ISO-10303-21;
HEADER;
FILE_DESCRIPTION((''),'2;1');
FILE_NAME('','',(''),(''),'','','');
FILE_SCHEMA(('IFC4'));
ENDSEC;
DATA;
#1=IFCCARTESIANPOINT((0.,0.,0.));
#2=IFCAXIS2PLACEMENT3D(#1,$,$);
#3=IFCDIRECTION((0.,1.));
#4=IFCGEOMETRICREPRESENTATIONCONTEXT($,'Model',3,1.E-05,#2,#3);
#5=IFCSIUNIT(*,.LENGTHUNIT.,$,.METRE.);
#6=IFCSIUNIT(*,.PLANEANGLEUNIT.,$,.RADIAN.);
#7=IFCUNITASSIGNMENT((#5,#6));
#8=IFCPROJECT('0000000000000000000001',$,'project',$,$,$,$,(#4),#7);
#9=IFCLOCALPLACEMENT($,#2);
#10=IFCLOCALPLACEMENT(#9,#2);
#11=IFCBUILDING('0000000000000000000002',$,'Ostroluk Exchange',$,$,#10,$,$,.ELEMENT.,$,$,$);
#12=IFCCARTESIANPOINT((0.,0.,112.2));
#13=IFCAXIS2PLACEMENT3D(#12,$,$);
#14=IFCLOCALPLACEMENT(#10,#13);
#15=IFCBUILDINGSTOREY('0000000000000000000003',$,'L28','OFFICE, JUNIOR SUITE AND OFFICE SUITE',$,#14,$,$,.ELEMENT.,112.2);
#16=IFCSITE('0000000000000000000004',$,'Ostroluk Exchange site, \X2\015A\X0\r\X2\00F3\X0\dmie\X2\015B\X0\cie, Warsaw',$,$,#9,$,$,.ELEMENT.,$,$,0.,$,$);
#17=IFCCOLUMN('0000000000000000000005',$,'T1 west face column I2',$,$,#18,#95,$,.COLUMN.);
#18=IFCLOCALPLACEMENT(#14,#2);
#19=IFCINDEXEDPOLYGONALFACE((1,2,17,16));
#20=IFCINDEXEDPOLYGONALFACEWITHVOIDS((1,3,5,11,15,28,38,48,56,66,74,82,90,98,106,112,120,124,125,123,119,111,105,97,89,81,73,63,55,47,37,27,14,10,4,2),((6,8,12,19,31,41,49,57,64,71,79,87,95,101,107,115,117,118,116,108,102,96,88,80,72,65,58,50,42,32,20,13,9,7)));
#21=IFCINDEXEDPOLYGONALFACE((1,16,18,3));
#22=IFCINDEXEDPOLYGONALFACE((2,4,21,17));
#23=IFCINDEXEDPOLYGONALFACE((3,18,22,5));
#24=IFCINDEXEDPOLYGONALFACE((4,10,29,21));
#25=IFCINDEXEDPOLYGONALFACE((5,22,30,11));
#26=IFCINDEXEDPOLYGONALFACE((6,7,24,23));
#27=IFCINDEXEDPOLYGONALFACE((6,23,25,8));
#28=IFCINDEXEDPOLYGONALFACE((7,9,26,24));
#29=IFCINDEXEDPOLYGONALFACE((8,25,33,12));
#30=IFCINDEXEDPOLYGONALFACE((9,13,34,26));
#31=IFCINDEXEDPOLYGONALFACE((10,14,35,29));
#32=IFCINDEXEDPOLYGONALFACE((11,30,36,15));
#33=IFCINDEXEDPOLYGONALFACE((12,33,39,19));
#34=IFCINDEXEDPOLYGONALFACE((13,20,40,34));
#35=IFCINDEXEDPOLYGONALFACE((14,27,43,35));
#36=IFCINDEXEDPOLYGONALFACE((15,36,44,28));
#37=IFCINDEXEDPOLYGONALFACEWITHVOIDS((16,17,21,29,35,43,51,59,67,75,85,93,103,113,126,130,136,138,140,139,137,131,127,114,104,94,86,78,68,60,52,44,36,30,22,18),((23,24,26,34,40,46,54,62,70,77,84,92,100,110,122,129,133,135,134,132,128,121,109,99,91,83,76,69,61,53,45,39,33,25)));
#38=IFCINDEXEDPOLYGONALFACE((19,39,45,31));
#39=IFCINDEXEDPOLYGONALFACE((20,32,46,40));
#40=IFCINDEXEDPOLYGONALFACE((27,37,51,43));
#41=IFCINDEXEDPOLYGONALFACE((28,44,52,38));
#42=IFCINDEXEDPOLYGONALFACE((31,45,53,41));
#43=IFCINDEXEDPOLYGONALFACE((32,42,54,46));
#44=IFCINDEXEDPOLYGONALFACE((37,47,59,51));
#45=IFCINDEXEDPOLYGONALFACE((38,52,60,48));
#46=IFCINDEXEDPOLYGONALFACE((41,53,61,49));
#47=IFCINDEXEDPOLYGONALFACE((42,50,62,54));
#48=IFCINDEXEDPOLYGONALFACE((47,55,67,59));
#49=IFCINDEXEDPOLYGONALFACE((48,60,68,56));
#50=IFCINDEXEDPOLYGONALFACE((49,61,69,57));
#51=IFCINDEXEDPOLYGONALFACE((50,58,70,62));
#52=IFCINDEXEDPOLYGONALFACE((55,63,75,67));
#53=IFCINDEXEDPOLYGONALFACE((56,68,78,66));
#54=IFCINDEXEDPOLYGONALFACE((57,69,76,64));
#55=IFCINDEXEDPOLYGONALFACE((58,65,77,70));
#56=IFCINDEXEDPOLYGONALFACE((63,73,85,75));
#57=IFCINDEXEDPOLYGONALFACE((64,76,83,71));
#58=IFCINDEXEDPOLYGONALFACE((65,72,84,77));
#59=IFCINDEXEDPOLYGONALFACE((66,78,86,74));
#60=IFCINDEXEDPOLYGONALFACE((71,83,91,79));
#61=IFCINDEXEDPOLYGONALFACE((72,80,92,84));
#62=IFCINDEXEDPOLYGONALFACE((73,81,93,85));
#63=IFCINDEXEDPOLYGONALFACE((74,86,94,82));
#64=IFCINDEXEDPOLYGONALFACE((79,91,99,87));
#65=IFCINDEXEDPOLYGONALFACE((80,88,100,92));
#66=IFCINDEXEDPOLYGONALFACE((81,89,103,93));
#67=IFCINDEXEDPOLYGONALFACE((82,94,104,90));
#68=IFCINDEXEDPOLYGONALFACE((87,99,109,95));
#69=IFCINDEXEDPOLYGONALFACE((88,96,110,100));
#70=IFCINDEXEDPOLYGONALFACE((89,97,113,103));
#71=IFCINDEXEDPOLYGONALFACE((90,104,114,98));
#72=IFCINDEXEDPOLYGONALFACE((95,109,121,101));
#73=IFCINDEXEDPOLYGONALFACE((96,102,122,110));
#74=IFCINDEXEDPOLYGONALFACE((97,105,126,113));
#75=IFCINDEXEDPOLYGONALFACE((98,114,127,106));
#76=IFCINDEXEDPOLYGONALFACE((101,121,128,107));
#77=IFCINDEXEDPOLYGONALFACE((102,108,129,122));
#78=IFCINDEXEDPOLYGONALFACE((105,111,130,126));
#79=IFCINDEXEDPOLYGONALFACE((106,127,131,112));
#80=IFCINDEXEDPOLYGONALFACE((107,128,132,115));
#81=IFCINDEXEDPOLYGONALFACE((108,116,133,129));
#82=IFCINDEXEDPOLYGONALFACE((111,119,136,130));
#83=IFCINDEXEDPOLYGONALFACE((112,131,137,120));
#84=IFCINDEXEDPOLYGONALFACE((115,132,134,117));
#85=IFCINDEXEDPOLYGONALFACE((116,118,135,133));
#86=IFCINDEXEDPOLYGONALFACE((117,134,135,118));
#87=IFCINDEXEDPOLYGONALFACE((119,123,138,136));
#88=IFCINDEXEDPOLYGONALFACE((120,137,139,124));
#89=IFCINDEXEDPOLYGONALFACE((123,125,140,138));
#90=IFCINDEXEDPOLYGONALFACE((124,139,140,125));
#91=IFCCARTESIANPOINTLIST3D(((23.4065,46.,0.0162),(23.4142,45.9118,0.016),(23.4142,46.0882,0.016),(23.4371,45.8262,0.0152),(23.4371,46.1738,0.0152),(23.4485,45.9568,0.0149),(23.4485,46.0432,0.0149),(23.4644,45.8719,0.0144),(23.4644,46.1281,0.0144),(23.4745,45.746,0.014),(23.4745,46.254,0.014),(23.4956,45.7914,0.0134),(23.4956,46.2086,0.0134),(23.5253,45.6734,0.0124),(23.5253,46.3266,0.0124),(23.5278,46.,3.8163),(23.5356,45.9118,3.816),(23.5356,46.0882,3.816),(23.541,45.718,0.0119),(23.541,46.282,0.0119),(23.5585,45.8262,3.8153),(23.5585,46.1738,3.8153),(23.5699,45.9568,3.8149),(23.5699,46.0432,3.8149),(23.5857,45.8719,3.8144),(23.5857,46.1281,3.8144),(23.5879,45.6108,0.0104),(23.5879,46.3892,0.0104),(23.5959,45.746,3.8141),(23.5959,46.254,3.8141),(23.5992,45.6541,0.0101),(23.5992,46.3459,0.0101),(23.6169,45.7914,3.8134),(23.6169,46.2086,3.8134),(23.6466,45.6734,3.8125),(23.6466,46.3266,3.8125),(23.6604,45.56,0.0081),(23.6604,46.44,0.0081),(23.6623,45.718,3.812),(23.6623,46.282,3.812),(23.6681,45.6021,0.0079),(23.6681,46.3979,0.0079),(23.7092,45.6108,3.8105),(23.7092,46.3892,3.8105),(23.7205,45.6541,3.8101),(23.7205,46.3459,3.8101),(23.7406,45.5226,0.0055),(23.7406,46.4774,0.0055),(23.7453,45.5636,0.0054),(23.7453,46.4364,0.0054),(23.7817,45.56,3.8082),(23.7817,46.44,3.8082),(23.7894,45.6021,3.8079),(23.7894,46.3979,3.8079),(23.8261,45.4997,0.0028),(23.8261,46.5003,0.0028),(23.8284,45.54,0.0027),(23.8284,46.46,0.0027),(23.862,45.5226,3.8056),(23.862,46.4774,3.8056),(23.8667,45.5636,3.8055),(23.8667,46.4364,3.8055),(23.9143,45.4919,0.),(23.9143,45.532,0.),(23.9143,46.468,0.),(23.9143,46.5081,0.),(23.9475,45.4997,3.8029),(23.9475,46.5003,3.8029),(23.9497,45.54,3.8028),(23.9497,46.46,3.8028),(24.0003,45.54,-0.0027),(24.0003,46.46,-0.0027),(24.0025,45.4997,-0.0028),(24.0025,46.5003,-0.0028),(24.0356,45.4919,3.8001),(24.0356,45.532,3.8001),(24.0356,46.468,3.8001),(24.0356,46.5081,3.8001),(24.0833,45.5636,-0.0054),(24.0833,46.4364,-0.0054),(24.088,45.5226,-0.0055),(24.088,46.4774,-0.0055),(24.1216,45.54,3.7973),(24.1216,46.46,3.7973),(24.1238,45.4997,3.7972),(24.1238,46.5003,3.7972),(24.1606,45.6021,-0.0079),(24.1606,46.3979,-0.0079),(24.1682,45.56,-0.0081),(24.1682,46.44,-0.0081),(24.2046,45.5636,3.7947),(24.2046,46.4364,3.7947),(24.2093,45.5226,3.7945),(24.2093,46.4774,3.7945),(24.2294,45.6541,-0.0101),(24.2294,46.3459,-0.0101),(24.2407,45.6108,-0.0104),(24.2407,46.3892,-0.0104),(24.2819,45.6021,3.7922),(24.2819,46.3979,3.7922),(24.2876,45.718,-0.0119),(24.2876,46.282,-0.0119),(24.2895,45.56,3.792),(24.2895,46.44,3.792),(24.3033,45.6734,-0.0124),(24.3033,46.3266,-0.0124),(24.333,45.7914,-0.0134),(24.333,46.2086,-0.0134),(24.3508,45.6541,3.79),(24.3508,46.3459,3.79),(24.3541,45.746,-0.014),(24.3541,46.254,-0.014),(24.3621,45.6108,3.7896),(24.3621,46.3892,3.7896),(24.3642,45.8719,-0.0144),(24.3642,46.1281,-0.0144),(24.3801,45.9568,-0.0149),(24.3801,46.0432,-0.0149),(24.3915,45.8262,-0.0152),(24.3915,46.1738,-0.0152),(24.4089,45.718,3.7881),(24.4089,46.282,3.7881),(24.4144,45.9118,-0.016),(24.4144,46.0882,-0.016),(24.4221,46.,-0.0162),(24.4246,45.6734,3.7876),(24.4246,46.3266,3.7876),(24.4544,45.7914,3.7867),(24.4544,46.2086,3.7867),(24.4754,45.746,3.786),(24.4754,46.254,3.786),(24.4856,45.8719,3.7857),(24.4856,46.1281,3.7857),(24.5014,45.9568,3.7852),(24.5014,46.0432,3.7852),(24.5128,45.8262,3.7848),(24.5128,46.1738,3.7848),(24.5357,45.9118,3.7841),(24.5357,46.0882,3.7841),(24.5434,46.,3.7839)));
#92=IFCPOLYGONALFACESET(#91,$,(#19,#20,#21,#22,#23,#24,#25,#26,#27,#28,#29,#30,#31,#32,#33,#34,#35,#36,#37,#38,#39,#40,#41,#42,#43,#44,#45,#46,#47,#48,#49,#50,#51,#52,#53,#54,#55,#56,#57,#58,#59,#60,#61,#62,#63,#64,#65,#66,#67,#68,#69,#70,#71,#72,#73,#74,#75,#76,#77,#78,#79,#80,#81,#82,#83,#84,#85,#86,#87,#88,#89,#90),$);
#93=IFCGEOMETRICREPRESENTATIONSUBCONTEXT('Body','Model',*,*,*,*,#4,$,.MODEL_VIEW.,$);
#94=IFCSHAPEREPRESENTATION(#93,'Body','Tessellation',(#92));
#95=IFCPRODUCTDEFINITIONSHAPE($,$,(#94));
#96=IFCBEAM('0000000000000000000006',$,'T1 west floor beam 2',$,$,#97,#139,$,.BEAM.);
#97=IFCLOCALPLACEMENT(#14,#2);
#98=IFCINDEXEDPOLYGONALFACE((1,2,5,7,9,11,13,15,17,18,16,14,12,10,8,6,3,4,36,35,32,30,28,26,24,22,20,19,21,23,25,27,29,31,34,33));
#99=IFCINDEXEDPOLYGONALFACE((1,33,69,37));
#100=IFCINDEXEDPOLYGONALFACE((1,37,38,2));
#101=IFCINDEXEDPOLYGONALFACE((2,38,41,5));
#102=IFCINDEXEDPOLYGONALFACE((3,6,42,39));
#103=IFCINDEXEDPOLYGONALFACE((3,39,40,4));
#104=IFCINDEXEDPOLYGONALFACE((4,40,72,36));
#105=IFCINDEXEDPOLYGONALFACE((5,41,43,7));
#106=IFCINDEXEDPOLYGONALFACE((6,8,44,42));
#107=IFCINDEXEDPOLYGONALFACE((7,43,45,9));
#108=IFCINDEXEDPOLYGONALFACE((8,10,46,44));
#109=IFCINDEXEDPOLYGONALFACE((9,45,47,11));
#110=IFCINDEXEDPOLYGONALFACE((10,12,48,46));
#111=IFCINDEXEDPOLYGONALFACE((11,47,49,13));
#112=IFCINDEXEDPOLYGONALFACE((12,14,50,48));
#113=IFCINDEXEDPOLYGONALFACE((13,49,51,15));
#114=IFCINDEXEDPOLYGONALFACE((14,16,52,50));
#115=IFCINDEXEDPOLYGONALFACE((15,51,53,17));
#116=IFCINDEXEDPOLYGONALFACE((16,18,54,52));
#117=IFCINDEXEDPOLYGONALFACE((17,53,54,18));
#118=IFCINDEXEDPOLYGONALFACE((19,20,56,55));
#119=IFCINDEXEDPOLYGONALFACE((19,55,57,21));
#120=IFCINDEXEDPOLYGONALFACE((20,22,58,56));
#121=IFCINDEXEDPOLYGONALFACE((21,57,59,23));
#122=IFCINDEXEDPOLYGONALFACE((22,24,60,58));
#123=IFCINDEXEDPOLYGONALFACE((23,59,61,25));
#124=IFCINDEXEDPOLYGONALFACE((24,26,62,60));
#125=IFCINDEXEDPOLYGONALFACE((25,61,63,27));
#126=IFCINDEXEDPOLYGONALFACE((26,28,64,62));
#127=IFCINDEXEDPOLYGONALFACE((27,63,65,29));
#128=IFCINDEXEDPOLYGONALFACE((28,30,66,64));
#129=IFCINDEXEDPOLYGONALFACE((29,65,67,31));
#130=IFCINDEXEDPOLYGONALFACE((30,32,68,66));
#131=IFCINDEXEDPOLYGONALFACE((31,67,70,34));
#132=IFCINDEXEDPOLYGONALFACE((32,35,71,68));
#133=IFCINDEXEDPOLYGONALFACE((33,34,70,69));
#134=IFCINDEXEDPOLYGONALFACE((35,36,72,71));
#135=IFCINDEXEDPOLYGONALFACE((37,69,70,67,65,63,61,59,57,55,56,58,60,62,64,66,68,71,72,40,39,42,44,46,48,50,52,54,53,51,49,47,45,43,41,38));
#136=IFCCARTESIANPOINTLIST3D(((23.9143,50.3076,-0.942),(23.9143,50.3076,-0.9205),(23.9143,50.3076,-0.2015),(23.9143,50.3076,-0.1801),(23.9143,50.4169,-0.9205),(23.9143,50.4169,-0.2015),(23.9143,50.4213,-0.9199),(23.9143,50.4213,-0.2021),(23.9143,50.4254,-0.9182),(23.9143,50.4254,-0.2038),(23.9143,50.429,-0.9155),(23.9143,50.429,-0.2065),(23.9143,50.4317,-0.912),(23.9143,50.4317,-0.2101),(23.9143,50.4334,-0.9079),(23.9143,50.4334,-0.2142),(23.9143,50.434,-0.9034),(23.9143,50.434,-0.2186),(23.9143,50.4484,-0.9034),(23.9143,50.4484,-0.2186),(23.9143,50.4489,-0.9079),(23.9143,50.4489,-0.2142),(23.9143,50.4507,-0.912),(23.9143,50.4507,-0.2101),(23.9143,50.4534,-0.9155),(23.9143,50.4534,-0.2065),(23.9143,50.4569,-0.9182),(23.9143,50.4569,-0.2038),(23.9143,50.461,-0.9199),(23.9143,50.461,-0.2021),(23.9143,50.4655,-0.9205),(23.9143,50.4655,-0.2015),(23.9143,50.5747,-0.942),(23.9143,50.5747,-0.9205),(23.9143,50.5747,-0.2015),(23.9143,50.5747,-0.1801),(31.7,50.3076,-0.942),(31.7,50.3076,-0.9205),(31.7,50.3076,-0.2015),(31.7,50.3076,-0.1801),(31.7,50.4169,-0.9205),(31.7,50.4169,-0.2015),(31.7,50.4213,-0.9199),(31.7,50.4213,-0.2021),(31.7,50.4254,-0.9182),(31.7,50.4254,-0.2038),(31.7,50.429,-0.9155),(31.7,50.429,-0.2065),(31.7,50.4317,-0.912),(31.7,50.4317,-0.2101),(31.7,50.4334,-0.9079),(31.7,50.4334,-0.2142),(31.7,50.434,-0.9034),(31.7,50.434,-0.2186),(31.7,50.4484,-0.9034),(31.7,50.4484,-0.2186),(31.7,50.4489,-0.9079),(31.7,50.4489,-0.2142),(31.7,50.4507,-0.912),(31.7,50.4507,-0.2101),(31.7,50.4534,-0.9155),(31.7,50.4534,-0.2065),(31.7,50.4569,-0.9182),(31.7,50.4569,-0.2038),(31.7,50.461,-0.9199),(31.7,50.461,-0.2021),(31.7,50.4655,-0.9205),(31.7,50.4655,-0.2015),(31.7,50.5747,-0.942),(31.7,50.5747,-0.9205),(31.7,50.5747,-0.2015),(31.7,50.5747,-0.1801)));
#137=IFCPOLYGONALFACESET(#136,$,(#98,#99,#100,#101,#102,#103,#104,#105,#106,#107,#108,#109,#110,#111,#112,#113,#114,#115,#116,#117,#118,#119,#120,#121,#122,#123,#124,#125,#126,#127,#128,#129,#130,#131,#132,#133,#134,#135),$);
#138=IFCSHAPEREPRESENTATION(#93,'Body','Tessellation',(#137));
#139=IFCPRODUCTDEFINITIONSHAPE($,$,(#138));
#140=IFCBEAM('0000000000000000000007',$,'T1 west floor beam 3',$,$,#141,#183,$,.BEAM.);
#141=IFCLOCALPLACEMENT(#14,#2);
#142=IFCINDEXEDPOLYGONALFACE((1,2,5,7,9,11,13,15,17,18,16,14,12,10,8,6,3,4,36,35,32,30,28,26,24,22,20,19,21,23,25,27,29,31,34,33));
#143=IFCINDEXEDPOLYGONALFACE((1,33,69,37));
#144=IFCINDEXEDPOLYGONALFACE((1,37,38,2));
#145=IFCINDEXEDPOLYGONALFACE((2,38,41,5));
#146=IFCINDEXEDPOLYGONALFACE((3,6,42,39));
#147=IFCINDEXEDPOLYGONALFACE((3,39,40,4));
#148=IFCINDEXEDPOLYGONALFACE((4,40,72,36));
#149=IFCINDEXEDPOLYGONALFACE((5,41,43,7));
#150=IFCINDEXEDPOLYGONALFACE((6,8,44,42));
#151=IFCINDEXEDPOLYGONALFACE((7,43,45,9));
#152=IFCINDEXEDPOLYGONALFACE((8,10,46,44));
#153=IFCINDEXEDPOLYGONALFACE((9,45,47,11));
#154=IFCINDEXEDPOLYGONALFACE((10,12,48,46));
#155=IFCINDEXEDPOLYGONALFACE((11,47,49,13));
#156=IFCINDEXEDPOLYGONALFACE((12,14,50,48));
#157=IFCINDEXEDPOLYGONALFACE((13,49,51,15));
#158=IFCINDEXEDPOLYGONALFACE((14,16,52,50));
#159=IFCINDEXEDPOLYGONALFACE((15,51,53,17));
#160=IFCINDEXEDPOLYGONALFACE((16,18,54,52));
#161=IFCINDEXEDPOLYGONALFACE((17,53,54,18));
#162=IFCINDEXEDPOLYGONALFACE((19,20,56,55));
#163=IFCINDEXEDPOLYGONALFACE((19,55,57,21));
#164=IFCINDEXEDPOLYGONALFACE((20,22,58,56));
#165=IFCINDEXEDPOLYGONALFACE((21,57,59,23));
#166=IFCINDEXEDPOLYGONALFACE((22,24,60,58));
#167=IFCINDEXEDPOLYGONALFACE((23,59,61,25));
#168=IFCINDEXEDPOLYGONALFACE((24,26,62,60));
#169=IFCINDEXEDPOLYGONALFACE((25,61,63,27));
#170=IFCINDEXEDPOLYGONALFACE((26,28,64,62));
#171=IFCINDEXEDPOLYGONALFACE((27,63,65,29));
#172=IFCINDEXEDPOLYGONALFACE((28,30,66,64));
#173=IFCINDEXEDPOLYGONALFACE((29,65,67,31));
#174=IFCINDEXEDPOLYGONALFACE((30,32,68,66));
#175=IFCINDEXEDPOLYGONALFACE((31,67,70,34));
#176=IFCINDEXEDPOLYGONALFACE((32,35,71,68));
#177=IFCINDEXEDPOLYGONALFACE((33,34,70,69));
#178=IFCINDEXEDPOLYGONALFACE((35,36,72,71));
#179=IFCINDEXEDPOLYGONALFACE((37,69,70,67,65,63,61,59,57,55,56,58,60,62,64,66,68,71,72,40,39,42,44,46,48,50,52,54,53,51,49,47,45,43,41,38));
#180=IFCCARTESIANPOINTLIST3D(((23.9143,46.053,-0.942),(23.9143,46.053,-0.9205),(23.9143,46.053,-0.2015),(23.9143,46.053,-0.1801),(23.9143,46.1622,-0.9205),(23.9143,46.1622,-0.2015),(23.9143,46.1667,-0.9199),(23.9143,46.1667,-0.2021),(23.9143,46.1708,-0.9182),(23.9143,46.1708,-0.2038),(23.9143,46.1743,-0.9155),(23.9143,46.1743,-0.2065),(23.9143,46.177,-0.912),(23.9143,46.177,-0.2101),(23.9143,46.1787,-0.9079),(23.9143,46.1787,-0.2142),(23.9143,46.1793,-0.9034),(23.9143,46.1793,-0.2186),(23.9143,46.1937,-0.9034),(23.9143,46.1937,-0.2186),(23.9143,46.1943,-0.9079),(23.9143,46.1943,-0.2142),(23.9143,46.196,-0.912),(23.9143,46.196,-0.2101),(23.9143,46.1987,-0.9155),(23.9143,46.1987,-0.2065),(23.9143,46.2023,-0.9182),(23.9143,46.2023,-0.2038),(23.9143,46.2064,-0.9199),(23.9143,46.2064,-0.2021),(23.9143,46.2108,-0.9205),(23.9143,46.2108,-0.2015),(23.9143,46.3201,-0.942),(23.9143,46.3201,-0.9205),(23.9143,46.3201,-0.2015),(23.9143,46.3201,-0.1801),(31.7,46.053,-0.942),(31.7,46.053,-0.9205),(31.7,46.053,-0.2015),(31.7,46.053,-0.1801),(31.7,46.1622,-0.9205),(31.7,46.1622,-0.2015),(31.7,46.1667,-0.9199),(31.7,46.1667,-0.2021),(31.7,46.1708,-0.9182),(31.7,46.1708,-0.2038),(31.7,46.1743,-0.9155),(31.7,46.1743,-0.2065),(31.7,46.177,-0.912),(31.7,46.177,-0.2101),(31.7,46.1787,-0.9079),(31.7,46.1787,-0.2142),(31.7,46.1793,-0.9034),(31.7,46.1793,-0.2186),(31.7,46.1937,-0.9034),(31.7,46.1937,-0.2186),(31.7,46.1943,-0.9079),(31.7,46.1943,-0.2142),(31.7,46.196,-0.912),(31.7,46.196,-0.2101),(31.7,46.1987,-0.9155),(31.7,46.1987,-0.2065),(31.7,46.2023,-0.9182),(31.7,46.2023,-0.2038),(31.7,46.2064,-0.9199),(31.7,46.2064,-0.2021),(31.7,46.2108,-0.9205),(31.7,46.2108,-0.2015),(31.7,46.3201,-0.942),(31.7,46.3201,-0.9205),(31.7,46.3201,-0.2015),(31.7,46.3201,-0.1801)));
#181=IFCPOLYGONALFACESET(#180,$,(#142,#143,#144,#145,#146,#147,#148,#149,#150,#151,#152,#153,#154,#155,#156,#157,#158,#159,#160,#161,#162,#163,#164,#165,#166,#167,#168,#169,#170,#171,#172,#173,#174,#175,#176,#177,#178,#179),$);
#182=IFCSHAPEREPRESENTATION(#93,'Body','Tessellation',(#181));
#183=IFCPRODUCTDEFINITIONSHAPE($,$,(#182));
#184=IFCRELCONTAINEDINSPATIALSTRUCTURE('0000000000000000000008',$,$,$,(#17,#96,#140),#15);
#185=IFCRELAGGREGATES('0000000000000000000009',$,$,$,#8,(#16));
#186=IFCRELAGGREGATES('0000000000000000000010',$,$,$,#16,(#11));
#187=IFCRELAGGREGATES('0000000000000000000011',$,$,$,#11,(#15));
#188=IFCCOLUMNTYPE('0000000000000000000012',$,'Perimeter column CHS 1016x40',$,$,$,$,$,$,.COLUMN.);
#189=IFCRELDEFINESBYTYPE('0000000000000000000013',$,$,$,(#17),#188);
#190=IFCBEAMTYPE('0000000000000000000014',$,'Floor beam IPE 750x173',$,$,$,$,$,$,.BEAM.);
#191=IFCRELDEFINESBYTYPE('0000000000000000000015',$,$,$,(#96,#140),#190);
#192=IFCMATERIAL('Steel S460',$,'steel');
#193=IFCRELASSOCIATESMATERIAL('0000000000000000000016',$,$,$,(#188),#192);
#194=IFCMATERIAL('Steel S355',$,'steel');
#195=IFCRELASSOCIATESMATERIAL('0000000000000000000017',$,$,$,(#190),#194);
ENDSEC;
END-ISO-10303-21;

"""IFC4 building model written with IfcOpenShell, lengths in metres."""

from ifc_helpers import new_model, si_unit, direction, frame, origin, origin_2d, place, context, subcontext, project, spatial, hollow_circle, i_section, extrude, material, material_profile, profile_set, type_object, element, save


model = new_model("IFC4")

# Units and contexts
model_context = context("Model", 3, precision=1e-05, world=origin(), true_north=direction((0.0, 1.0)))
body_context = subcontext(model_context, "Body", "Model", "MODEL_VIEW")
ifc_project = project(units=[si_unit("LENGTHUNIT", "METRE"), si_unit("PLANEANGLEUNIT", "RADIAN")], contexts=[model_context])

# Site, building, storey
site_placement = place(None, origin())
site = spatial("IfcSite", under=ifc_project, at=site_placement, Name="Ostroluk Exchange site, Śródmieście, Warsaw", CompositionType="ELEMENT", RefElevation=0.0)
building_placement = place(site_placement, origin())
building = spatial("IfcBuilding", under=site, at=building_placement, Name="Ostroluk Exchange", CompositionType="ELEMENT")
storey_placement = place(building_placement, frame((0.0, 0.0, 112.2)))
storey = spatial("IfcBuildingStorey", under=building, at=storey_placement, Name="L28", Description="OFFICE, JUNIOR SUITE AND OFFICE SUITE", CompositionType="ELEMENT", Elevation=112.2)

# Column
ifc_material_1 = material(Name="Steel S460", Category="steel")
ifc_material_profile_1 = material_profile(ifc_material_1, hollow_circle(Radius=0.5081, WallThickness=0.04, at=origin_2d()), Name="CHS 1016x40")
ifc_profile_set_1 = profile_set([ifc_material_profile_1], Name="Steel S460")
column_type = type_object("IfcColumnType", Name="Perimeter column CHS 1016x40", PredefinedType="COLUMN", material=ifc_profile_set_1)
column_placement = place(storey_placement, frame((23.9143, 46.0, 0.0), z_axis=(0.031914, 0.0, 0.999491), x_axis=(0.0, 1.0, 0.0)))
element("IfcColumn", 1, at=column_placement, inside=storey, type_object=column_type, Name="T1 west face column I2", PredefinedType="COLUMN", context=body_context, shape_type="SweptSolid", body=[
    extrude(hollow_circle(Radius=0.5081, WallThickness=0.04, at=origin_2d()), origin(), (0.0, 0.0, 1.0), 3.802),
])

# Beams
ifc_material_2 = material(Name="Steel S355", Category="steel")
ifc_material_profile_2 = material_profile(ifc_material_2, i_section(OverallWidth=0.2671, OverallDepth=0.762, WebThickness=0.0144, FlangeThickness=0.0215, FilletRadius=0.0171, at=origin_2d()), Name="IPE 750x173")
ifc_profile_set_2 = profile_set([ifc_material_profile_2], Name="Steel S355")
beam_type_1 = type_object("IfcBeamType", Name="Floor beam IPE 750x173", PredefinedType="BEAM", material=ifc_profile_set_2)
for number, where, z_axis, x_axis, name in (
    (2, (31.7, 50.4412, -0.561), (-1.0, 0.0, 0.0), (0.0, -1.0, 0.0), "T1 west floor beam 2"),
    (3, (31.7, 46.1865, -0.561), (-1.0, 0.0, 0.0), (0.0, -1.0, 0.0), "T1 west floor beam 3"),
):
    element("IfcBeam", number, at=place(storey_placement, frame(where, z_axis=z_axis, x_axis=x_axis)), inside=storey, type_object=beam_type_1, Name=name, PredefinedType="BEAM", context=body_context, shape_type="SweptSolid", body=[
        extrude(i_section(OverallWidth=0.2671, OverallDepth=0.762, WebThickness=0.0144, FlangeThickness=0.0215, FilletRadius=0.0171, at=origin_2d()), origin(), (0.0, 0.0, 1.0), 7.7856),
    ])

save(model, "model.ifc")
